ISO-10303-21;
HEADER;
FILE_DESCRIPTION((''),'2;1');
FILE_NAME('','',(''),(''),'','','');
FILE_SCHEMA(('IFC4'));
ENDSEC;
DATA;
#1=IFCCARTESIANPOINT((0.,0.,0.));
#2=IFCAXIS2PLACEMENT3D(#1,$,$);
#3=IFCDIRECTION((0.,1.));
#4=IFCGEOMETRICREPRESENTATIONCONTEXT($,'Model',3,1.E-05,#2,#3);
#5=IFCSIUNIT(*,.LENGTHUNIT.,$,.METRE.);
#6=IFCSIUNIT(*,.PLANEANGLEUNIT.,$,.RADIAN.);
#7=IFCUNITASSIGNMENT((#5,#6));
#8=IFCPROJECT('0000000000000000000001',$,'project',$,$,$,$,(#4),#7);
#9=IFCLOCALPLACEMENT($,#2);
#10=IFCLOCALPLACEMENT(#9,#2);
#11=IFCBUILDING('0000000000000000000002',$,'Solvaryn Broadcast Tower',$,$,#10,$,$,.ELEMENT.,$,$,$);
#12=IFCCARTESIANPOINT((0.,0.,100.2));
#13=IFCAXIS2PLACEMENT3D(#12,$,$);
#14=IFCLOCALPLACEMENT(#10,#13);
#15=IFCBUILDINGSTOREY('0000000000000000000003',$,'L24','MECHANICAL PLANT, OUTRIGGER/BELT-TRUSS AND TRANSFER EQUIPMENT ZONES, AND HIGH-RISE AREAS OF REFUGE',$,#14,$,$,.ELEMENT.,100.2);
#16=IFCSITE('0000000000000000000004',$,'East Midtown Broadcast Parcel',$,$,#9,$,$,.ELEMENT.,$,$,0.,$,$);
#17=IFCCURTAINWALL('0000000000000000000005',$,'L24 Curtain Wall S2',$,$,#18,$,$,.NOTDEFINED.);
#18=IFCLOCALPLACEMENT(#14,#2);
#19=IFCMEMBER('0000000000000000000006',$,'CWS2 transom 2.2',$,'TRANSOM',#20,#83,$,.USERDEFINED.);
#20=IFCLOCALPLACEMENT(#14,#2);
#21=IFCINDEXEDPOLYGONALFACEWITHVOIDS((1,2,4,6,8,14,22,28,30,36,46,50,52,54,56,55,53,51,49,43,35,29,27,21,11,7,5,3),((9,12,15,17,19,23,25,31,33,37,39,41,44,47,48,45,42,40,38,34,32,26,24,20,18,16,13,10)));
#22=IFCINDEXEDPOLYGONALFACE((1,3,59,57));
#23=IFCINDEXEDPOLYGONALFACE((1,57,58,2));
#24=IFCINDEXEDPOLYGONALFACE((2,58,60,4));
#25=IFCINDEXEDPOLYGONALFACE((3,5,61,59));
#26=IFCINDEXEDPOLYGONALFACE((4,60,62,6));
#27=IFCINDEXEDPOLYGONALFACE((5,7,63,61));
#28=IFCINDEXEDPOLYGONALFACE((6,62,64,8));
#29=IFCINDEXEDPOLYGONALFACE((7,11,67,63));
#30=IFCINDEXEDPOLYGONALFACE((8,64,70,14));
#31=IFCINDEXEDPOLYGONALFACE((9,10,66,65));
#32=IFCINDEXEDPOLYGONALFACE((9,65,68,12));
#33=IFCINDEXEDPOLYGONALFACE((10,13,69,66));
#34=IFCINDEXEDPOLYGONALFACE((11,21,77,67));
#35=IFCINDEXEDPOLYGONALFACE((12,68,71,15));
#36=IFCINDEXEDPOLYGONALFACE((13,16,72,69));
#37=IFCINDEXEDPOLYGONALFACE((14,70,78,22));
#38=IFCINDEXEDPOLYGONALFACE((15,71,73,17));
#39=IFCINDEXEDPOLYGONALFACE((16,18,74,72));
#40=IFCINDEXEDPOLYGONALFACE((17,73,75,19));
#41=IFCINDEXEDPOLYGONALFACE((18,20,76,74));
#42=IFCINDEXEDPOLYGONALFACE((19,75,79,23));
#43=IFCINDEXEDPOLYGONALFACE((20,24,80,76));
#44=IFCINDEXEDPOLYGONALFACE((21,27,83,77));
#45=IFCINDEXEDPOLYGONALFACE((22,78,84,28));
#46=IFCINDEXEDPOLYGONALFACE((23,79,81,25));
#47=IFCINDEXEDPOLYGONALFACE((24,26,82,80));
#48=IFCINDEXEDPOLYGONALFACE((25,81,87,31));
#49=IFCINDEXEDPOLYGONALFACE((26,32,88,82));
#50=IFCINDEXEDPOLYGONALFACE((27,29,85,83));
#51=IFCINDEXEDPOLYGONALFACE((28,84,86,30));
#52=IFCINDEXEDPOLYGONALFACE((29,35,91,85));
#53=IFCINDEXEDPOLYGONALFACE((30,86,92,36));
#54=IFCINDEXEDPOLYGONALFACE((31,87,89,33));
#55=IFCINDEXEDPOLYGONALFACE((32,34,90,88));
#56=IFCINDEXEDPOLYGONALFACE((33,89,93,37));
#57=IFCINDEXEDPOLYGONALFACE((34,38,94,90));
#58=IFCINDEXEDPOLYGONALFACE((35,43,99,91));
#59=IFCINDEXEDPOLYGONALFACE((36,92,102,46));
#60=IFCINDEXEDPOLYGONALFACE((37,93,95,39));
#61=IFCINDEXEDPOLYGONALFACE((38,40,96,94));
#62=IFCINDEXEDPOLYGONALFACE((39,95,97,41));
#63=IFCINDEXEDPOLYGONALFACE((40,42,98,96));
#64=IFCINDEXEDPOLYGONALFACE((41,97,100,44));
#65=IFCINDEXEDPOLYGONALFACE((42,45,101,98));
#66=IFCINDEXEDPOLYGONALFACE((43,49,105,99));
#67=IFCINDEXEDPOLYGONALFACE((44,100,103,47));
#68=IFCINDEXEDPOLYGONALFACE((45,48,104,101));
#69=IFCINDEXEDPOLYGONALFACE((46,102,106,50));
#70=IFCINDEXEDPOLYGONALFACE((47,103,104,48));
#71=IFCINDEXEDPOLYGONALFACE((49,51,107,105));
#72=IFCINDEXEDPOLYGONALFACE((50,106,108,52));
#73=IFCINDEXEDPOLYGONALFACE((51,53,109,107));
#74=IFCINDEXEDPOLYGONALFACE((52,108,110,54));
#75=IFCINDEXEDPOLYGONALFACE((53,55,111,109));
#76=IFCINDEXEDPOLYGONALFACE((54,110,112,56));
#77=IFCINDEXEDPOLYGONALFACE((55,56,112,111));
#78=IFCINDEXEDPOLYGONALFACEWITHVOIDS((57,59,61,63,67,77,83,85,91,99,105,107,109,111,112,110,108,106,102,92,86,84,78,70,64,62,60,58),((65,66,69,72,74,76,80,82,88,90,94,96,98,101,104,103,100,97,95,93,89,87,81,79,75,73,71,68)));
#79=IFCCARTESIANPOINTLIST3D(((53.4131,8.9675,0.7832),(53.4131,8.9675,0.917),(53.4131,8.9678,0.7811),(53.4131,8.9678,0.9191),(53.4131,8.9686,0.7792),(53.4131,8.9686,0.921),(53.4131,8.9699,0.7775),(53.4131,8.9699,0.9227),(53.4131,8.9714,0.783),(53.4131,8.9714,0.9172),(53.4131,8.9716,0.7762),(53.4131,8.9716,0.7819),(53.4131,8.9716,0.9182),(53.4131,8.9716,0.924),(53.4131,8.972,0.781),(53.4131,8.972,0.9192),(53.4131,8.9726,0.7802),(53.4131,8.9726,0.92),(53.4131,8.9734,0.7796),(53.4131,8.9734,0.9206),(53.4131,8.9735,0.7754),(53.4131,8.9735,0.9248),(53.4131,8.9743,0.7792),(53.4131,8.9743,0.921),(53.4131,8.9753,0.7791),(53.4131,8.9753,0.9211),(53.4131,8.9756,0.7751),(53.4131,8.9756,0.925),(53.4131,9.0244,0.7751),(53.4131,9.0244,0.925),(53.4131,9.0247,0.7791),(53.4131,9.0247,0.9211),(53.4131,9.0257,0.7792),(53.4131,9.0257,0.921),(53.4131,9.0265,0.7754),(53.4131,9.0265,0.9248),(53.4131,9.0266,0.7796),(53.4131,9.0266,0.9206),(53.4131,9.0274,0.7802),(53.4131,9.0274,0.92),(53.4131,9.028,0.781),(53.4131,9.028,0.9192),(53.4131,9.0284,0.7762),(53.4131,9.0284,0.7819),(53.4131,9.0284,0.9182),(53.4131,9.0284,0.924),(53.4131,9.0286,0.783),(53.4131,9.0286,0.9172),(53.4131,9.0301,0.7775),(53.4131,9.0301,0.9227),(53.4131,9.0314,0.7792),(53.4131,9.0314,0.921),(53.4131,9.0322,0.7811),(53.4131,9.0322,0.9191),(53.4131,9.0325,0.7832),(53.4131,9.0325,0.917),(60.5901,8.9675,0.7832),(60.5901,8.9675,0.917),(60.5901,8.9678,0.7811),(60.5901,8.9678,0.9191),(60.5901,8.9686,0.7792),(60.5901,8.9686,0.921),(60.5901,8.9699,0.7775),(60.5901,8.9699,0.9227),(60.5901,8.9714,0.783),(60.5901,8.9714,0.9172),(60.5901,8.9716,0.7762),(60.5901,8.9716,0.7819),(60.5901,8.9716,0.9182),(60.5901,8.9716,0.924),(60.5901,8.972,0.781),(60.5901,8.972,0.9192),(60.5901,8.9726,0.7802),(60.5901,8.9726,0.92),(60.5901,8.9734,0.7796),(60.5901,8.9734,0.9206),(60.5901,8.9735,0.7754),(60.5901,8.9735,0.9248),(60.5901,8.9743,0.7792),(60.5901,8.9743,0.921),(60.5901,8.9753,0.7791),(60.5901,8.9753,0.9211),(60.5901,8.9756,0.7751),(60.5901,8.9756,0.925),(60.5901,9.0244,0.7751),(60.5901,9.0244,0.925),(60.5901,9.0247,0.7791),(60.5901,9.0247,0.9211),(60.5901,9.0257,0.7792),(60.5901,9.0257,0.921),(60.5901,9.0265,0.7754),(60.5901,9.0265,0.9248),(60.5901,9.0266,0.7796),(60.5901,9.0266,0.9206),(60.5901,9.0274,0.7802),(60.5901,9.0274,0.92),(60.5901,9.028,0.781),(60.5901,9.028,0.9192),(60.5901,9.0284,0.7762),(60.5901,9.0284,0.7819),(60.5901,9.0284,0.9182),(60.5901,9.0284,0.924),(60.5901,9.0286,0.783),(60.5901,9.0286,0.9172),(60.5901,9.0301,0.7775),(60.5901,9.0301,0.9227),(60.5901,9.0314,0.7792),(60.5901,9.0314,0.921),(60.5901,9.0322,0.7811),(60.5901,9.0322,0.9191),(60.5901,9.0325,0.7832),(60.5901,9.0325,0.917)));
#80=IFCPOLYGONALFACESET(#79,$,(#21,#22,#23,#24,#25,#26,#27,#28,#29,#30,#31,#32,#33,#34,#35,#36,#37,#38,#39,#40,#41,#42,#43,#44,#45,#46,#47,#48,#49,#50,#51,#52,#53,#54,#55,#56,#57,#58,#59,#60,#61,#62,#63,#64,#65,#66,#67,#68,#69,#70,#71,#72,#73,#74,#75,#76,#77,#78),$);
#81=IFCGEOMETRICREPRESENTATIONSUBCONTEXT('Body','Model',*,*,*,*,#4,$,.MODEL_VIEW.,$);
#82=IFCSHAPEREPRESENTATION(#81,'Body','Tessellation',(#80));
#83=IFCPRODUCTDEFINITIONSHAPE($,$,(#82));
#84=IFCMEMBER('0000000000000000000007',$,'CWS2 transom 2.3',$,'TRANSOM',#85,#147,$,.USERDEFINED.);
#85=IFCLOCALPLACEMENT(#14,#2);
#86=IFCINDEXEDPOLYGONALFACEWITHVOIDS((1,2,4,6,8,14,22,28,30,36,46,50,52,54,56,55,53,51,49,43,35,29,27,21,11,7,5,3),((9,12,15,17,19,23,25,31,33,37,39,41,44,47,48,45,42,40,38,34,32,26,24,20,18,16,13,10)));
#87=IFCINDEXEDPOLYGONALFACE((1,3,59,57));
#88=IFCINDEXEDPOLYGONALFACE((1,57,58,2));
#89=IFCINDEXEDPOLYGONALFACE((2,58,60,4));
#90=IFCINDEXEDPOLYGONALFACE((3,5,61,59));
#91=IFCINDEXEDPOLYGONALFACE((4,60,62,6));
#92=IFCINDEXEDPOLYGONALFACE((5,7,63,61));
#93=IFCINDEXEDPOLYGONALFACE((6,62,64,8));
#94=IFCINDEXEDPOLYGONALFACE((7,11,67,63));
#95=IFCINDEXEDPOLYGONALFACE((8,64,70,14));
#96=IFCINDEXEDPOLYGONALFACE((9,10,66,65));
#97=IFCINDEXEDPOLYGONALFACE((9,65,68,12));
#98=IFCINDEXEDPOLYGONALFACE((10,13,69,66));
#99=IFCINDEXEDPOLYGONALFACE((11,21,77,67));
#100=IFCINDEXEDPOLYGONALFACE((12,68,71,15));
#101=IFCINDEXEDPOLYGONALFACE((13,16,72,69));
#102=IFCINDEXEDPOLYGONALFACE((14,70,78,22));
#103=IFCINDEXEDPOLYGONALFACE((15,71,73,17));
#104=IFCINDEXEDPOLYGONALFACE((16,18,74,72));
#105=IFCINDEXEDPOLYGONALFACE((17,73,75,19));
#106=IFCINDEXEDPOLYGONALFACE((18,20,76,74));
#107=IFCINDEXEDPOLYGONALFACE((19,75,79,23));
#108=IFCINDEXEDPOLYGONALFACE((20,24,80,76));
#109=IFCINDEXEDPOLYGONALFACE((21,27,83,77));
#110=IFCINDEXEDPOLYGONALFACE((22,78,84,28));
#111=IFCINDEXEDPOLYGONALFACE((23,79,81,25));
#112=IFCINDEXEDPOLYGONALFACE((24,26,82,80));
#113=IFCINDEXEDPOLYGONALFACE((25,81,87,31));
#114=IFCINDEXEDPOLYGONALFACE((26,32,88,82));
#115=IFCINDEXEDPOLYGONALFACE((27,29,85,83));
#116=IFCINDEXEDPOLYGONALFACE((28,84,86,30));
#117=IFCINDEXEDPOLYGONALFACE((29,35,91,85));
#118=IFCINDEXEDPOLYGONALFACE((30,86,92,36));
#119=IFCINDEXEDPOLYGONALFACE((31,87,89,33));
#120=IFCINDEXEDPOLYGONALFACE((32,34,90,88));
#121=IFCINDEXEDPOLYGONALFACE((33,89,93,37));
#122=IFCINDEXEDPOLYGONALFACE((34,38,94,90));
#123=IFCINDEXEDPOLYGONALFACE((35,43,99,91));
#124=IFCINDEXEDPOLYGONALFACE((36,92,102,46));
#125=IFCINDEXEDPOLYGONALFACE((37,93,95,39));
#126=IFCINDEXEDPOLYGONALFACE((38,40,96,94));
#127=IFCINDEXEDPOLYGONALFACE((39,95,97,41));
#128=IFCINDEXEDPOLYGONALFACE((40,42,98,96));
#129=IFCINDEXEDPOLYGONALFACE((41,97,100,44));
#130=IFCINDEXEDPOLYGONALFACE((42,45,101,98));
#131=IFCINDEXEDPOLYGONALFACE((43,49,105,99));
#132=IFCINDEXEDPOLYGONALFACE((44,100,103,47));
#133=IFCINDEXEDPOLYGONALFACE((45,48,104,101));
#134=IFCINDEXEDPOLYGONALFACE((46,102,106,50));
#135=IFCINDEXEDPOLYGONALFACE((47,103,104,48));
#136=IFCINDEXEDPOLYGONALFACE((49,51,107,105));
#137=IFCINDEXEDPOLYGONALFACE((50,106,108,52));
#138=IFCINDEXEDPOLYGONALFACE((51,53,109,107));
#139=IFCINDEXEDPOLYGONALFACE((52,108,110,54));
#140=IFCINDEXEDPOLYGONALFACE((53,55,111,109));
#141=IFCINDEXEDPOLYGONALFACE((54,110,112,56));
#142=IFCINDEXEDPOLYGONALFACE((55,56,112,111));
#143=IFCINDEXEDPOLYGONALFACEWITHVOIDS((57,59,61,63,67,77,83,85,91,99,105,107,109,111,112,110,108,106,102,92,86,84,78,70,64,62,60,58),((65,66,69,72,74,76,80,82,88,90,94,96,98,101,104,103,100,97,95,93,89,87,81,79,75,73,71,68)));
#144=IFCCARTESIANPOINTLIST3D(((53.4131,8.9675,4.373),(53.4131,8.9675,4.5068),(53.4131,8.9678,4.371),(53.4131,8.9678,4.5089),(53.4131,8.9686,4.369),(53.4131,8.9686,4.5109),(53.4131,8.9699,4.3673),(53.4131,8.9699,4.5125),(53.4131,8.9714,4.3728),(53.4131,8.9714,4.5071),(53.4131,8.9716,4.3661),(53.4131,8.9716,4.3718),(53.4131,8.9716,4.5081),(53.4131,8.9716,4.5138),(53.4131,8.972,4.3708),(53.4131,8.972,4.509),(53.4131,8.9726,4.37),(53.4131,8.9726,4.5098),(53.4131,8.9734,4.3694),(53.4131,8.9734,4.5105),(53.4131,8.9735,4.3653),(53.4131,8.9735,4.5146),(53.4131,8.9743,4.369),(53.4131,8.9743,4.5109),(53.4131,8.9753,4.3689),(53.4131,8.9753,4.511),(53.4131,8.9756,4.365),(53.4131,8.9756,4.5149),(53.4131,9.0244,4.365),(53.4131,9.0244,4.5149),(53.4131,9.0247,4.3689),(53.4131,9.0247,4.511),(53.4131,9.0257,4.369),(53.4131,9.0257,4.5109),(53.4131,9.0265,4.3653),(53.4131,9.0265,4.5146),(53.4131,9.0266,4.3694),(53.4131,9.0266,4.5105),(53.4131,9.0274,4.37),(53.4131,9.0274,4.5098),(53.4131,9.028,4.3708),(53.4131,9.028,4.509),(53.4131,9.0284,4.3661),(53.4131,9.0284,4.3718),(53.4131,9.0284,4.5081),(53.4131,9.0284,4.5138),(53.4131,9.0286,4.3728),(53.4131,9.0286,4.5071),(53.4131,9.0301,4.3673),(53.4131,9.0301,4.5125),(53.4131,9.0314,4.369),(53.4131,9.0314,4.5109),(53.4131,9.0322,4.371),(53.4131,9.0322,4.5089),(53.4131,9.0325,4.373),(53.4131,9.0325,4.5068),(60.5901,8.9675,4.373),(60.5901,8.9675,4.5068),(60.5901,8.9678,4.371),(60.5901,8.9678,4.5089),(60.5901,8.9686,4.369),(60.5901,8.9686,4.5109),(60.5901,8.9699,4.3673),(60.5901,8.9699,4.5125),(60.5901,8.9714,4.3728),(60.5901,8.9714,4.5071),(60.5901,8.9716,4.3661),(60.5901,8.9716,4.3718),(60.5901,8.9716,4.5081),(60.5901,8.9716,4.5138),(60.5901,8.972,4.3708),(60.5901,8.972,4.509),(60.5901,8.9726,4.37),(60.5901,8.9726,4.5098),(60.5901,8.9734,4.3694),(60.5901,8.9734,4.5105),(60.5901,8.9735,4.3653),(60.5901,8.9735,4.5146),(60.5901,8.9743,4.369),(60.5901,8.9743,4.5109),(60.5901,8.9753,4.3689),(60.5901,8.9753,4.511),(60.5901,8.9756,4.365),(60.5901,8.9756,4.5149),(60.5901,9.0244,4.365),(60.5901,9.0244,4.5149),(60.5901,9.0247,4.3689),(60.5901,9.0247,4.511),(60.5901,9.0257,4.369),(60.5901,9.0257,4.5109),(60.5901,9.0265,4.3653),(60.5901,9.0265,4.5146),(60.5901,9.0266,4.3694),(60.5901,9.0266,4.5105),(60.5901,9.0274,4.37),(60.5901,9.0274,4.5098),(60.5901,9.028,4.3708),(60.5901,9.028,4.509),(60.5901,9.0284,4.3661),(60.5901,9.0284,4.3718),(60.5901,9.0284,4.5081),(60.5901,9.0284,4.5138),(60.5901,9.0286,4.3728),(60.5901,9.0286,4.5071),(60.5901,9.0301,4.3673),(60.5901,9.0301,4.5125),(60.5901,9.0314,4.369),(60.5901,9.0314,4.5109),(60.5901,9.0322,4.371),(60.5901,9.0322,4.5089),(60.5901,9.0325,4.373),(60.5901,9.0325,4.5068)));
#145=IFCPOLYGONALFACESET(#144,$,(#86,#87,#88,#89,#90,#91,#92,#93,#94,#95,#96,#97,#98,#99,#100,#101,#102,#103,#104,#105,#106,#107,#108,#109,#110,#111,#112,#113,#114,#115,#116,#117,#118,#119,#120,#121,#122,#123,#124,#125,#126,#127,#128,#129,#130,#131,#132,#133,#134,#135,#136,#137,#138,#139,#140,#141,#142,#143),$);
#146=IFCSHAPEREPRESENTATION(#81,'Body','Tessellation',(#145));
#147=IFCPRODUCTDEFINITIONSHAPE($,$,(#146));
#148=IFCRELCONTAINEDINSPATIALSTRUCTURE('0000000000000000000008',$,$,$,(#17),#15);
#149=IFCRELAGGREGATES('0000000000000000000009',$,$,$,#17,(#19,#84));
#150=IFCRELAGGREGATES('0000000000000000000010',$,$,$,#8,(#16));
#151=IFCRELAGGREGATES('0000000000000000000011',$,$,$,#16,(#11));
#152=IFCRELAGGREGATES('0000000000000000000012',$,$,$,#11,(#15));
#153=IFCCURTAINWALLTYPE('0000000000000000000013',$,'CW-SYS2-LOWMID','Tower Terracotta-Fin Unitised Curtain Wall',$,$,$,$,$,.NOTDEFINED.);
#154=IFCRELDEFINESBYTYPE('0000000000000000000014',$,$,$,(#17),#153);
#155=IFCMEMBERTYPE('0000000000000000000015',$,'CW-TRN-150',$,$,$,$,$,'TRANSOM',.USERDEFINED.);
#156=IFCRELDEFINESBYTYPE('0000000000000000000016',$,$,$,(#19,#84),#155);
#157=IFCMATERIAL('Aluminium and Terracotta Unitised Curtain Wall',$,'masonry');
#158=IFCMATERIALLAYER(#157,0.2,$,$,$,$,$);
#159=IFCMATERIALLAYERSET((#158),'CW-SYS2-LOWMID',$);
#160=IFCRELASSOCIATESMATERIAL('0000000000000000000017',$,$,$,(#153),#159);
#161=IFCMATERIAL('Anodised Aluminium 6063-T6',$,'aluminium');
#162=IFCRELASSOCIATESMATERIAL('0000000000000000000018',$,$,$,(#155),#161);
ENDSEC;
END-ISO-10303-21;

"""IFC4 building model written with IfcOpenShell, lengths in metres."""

from ifc_helpers import new_model, si_unit, direction, frame, origin, origin_2d, place, context, subcontext, project, spatial, hollow_rectangle, extrude, material, layer, layer_set, material_profile, profile_set, type_object, element, aggregate, save


model = new_model("IFC4")

# Units and contexts
model_context = context("Model", 3, precision=1e-05, world=origin(), true_north=direction((0.0, 1.0)))
body_context = subcontext(model_context, "Body", "Model", "MODEL_VIEW")
ifc_project = project(units=[si_unit("LENGTHUNIT", "METRE"), si_unit("PLANEANGLEUNIT", "RADIAN")], contexts=[model_context])

# Site, building, storey
site_placement = place(None, origin())
site = spatial("IfcSite", under=ifc_project, at=site_placement, Name="East Midtown Broadcast Parcel", CompositionType="ELEMENT", RefElevation=0.0)
building_placement = place(site_placement, origin())
building = spatial("IfcBuilding", under=site, at=building_placement, Name="Solvaryn Broadcast Tower", CompositionType="ELEMENT")
storey_placement = place(building_placement, frame((0.0, 0.0, 100.2)))
storey = spatial("IfcBuildingStorey", under=building, at=storey_placement, Name="L24", Description="MECHANICAL PLANT, OUTRIGGER/BELT-TRUSS AND TRANSFER EQUIPMENT ZONES, AND HIGH-RISE AREAS OF REFUGE", CompositionType="ELEMENT", Elevation=100.2)

# Curtain wall
ifc_material_1 = material(Name="Aluminium and Terracotta Unitised Curtain Wall", Category="masonry")
ifc_layer_1 = layer(ifc_material_1, 0.2)
ifc_layer_set_1 = layer_set([ifc_layer_1], Name="CW-SYS2-LOWMID")
curtain_wall_type = type_object("IfcCurtainWallType", Name="CW-SYS2-LOWMID", Description="Tower Terracotta-Fin Unitised Curtain Wall", PredefinedType="NOTDEFINED", material=ifc_layer_set_1)
curtain_wall_1_placement = place(storey_placement, origin())
curtain_wall_1 = element("IfcCurtainWall", 1, at=curtain_wall_1_placement, inside=storey, type_object=curtain_wall_type, Name="L24 Curtain Wall S2", PredefinedType="NOTDEFINED")

# Members
ifc_material_2 = material(Name="Anodised Aluminium 6063-T6", Category="aluminium")
ifc_material_profile_1 = material_profile(ifc_material_2, hollow_rectangle(XDim=0.0649, YDim=0.1499, WallThickness=0.0039, InnerFilletRadius=0.0039, OuterFilletRadius=0.0081, at=origin_2d()))
ifc_profile_set_1 = profile_set([ifc_material_profile_1], Name="Anodised Aluminium 6063-T6")
member_type_1 = type_object("IfcMemberType", Name="CW-TRN-150", ElementType="TRANSOM", PredefinedType="USERDEFINED", material=ifc_profile_set_1)
member_1_placement = place(storey_placement, frame((53.4131, 9.0, 0.8501), z_axis=(1.0, 0.0, 0.0), x_axis=(0.0, 1.0, 0.0)))
member_1 = element("IfcMember", 2, at=member_1_placement, type_object=member_type_1, Name="CWS2 transom 2.2", ObjectType="TRANSOM", PredefinedType="USERDEFINED", context=body_context, shape_type="SweptSolid", body=[
    extrude(hollow_rectangle(XDim=0.0649, YDim=0.1499, WallThickness=0.0039, InnerFilletRadius=0.0039, OuterFilletRadius=0.0081, at=origin_2d()), origin(), (0.0, 0.0, 1.0), 7.177),
])
member_2_placement = place(storey_placement, frame((53.4131, 9.0, 4.4399), z_axis=(1.0, 0.0, 0.0), x_axis=(0.0, 1.0, 0.0)))
member_2 = element("IfcMember", 3, at=member_2_placement, type_object=member_type_1, Name="CWS2 transom 2.3", ObjectType="TRANSOM", PredefinedType="USERDEFINED", context=body_context, shape_type="SweptSolid", body=[
    extrude(hollow_rectangle(XDim=0.0649, YDim=0.1499, WallThickness=0.0039, InnerFilletRadius=0.0039, OuterFilletRadius=0.0081, at=origin_2d()), origin(), (0.0, 0.0, 1.0), 7.177),
])

aggregate(curtain_wall_1, [member_1, member_2])

save(model, "model.ifc")
